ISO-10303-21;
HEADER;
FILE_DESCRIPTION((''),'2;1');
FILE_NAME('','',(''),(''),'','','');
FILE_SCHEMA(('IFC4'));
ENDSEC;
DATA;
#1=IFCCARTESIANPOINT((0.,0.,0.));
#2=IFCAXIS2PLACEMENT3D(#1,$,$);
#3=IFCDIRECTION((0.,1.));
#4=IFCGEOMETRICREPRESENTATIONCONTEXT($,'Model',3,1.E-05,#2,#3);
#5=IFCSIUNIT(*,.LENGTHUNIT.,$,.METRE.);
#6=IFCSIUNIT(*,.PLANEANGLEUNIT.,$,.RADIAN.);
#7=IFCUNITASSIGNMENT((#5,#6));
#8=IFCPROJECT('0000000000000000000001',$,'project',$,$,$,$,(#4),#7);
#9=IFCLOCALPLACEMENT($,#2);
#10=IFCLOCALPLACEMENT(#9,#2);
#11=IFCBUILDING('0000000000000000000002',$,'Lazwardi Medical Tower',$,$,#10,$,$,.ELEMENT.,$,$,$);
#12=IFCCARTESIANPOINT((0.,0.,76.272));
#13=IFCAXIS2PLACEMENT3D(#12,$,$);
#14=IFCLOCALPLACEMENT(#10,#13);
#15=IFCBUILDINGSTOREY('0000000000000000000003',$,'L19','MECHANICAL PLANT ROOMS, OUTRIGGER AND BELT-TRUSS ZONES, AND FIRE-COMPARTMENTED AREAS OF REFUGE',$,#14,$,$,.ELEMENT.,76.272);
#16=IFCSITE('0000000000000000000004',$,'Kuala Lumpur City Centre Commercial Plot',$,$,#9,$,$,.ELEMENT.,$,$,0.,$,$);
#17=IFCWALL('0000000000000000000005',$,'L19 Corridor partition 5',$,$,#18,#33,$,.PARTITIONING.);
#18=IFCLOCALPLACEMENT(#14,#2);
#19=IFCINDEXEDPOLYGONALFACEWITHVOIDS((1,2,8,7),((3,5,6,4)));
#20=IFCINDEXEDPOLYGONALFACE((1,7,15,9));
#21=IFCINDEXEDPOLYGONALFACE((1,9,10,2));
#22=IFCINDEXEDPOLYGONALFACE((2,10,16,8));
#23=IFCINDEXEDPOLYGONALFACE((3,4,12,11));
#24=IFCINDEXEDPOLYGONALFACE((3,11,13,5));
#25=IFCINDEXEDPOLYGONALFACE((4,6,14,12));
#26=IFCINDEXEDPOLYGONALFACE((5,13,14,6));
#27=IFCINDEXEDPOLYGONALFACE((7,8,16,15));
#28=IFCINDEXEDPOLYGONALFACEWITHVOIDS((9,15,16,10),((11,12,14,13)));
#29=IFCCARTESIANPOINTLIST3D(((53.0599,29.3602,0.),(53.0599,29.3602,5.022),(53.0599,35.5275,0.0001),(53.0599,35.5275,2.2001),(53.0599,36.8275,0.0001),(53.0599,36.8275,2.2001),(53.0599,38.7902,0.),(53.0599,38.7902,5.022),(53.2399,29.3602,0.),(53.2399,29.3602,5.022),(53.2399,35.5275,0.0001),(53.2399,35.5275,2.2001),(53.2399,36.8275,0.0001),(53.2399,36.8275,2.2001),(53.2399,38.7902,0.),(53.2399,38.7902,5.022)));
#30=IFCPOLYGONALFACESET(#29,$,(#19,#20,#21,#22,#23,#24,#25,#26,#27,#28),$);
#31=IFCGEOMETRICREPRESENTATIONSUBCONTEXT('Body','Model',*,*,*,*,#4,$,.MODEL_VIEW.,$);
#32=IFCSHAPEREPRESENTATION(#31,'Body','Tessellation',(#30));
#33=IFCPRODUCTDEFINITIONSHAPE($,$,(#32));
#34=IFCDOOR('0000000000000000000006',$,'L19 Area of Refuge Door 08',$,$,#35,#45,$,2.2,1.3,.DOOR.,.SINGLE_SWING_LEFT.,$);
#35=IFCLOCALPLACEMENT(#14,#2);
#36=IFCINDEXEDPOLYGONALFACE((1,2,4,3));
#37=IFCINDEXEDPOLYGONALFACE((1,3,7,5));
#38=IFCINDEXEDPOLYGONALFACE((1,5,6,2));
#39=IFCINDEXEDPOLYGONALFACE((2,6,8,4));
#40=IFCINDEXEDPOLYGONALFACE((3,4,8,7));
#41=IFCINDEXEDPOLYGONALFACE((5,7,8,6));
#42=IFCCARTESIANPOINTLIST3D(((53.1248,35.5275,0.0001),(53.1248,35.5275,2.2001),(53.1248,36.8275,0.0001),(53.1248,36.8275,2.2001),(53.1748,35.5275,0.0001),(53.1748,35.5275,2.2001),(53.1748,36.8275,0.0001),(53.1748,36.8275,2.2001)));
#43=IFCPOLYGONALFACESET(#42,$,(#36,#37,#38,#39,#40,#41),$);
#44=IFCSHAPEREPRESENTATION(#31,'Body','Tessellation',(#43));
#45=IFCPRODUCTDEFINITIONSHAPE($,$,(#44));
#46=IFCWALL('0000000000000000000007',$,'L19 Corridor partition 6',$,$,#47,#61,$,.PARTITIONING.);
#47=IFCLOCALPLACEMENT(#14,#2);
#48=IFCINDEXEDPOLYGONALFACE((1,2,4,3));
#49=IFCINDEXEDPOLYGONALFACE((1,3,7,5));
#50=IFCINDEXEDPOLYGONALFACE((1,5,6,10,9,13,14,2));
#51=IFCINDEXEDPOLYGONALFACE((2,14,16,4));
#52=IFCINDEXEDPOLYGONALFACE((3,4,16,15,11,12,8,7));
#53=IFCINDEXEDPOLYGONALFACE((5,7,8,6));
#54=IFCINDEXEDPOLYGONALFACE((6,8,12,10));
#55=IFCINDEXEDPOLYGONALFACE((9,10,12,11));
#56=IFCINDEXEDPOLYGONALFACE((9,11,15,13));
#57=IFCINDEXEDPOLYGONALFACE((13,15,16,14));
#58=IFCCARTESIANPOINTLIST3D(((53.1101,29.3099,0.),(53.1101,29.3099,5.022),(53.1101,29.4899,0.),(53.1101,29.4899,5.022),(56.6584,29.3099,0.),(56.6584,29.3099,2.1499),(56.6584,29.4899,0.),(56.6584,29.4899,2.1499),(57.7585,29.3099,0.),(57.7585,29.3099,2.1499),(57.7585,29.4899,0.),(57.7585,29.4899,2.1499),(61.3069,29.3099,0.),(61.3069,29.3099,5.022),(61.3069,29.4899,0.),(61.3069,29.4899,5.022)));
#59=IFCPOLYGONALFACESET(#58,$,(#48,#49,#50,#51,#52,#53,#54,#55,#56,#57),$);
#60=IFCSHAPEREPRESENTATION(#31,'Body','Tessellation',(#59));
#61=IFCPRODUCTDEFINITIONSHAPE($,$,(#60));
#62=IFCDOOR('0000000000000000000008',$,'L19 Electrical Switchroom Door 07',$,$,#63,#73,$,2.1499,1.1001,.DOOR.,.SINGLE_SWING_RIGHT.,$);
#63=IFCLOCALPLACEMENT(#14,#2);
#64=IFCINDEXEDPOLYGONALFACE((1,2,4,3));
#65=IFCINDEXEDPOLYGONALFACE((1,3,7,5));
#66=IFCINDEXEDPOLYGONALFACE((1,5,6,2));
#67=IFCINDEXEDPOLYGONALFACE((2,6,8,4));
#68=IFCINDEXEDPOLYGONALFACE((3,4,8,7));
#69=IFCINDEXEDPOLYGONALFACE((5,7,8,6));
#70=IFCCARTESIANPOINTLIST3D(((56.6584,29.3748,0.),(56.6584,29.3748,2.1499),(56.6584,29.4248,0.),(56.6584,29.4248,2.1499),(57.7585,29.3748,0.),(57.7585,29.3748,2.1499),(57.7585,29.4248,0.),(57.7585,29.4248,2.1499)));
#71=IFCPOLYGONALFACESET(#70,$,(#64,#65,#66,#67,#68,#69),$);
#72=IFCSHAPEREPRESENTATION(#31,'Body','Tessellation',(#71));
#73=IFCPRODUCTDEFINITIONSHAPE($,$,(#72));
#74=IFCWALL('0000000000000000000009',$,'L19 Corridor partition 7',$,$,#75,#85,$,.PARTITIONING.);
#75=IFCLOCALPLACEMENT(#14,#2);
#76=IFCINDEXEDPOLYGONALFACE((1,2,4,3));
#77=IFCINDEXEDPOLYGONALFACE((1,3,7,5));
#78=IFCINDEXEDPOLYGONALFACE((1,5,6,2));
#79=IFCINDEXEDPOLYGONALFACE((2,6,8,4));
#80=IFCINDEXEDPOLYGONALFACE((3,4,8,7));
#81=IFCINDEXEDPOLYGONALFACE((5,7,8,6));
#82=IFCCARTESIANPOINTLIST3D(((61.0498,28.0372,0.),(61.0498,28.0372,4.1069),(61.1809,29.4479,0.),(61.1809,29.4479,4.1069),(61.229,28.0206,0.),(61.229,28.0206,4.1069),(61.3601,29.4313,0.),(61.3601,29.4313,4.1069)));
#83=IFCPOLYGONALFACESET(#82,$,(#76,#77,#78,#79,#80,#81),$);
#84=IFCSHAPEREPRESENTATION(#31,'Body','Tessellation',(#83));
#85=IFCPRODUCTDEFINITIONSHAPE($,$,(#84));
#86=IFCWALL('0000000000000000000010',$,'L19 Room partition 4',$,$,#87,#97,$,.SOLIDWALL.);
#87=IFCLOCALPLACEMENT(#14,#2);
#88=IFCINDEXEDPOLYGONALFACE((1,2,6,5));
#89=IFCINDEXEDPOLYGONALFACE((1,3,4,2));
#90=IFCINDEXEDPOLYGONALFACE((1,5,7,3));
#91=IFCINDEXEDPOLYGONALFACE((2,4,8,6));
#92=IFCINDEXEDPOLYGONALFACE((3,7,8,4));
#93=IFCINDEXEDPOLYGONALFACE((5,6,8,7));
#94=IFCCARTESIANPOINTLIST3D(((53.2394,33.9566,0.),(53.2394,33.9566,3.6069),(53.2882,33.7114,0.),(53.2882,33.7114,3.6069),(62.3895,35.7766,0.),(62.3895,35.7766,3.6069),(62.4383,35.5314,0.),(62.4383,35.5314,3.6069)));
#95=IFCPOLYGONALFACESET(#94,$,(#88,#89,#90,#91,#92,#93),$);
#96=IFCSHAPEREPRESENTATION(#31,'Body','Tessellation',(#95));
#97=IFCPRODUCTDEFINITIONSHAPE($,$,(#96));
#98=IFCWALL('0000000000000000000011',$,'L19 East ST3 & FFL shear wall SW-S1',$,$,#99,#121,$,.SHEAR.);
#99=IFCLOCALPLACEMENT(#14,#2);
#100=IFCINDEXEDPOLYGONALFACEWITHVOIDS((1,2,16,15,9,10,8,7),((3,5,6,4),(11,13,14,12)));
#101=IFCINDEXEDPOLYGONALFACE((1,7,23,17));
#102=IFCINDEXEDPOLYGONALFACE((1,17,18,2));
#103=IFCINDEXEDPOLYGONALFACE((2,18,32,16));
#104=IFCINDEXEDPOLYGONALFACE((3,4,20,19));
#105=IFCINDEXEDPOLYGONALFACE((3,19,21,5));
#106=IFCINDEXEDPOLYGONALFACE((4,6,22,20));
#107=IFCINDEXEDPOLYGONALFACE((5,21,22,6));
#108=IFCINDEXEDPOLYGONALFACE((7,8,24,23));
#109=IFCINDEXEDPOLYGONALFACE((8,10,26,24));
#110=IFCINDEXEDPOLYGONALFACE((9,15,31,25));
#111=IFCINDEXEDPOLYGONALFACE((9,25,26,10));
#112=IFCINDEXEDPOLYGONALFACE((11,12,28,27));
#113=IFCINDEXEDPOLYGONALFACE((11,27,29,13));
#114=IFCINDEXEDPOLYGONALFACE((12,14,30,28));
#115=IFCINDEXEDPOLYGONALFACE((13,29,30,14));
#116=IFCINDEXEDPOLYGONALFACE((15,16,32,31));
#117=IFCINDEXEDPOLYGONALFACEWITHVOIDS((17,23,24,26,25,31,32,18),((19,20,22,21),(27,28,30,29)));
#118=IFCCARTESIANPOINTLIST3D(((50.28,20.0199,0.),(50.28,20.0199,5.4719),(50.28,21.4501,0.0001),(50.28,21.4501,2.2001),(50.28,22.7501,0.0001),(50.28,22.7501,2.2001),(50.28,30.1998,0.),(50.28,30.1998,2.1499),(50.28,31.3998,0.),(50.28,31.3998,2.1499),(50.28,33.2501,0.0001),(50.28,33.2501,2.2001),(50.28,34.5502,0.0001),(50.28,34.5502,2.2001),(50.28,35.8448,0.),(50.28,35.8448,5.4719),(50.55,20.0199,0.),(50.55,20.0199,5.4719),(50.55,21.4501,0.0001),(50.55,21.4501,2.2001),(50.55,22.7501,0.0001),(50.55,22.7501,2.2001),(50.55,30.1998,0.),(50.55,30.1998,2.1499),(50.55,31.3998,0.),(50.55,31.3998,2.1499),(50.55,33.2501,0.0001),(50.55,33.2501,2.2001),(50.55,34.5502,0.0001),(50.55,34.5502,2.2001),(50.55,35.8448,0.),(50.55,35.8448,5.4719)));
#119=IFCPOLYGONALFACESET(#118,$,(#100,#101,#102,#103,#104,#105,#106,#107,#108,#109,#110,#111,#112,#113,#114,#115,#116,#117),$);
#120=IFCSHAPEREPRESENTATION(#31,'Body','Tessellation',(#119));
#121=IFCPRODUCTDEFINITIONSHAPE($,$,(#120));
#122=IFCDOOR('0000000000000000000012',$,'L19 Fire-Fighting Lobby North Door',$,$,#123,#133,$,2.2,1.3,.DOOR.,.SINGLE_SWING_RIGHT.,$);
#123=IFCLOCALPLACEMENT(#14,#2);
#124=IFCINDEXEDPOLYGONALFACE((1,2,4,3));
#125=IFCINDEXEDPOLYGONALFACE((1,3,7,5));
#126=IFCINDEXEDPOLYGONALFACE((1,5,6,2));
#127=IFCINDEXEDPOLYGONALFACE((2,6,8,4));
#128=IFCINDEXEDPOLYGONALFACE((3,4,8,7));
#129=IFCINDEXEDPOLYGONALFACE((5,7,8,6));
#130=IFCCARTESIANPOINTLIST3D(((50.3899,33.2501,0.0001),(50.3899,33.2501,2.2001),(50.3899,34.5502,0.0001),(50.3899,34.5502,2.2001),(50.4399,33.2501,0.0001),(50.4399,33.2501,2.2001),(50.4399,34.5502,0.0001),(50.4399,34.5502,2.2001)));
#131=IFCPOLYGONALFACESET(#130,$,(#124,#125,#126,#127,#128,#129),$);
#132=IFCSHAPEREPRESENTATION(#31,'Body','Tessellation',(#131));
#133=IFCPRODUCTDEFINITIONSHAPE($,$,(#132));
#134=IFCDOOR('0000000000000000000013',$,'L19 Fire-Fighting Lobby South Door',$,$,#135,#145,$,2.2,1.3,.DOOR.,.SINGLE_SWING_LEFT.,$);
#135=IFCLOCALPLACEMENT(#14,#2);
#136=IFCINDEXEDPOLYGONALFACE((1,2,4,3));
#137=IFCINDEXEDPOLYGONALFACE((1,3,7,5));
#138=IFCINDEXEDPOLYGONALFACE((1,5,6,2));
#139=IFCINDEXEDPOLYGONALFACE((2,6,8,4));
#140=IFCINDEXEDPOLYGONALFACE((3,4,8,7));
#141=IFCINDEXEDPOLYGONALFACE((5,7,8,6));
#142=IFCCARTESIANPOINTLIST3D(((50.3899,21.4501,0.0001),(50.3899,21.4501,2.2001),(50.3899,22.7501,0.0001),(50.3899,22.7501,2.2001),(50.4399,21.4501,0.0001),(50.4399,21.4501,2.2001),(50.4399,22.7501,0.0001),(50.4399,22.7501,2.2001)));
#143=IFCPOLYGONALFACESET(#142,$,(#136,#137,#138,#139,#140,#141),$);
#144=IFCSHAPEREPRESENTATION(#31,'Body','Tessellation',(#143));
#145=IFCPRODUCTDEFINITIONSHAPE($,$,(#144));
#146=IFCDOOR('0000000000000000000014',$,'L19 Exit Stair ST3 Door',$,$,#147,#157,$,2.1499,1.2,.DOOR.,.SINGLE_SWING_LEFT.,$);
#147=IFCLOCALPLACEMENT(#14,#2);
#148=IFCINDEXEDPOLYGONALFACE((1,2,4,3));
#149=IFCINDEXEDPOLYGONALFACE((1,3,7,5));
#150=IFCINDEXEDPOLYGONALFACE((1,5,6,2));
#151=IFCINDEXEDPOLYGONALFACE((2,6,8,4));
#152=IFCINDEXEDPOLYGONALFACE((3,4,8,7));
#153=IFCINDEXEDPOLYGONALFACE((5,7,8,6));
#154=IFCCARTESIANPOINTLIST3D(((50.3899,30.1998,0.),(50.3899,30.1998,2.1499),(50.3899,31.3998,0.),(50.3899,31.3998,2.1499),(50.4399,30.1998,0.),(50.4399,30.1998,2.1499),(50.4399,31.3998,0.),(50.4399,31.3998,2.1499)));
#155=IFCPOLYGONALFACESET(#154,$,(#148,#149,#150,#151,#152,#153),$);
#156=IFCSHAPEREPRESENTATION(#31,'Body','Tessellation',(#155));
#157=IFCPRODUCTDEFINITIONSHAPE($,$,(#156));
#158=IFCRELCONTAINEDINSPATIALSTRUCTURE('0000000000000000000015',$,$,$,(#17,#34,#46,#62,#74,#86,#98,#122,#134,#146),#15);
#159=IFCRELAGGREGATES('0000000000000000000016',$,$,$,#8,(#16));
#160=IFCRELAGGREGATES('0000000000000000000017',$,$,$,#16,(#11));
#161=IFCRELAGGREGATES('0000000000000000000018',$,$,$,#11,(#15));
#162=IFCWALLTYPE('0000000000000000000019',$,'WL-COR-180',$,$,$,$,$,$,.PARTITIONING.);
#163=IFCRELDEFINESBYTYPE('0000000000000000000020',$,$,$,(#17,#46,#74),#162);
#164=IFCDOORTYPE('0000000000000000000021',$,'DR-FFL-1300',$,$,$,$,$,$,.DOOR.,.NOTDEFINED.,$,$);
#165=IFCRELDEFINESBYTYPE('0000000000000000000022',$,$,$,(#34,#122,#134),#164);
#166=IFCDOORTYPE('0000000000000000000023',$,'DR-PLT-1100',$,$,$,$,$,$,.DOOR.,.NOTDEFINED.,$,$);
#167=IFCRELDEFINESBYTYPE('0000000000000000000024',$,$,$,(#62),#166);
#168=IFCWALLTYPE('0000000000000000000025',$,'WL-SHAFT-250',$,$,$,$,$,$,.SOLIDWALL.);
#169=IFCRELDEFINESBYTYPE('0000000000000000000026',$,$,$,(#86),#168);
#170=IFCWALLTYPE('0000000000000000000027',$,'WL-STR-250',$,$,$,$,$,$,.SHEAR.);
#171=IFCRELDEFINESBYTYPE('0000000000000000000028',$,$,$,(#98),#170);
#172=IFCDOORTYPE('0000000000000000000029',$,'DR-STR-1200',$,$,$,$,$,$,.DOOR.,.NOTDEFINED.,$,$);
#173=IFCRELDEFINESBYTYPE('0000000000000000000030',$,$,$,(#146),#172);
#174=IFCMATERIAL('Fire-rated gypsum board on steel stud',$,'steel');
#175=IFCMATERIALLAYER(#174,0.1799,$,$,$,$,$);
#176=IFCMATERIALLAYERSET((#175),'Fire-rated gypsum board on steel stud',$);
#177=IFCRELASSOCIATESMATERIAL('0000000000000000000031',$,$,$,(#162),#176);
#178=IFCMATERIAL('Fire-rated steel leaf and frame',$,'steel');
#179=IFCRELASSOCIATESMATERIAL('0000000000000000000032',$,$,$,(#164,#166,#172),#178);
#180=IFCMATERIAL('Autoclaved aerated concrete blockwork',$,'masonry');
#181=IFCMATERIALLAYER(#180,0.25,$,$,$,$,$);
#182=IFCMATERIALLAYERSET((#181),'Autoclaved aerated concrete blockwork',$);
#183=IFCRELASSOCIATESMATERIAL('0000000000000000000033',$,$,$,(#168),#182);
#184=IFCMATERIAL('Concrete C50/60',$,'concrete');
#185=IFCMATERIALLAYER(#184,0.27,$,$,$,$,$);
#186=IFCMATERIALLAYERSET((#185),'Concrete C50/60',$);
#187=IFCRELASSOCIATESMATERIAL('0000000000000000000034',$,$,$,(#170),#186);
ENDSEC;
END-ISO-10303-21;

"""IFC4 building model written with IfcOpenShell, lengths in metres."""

from ifc_helpers import new_model, si_unit, direction, frame, frame_2d, origin, place, context, subcontext, project, spatial, rectangle, extrude, material, layer, layer_set, type_object, element, fill, save


model = new_model("IFC4")

# Units and contexts
model_context = context("Model", 3, precision=1e-05, world=origin(), true_north=direction((0.0, 1.0)))
body_context = subcontext(model_context, "Body", "Model", "MODEL_VIEW")
ifc_project = project(units=[si_unit("LENGTHUNIT", "METRE"), si_unit("PLANEANGLEUNIT", "RADIAN")], contexts=[model_context])

# Site, building, storey
site_placement = place(None, origin())
site = spatial("IfcSite", under=ifc_project, at=site_placement, Name="Kuala Lumpur City Centre Commercial Plot", CompositionType="ELEMENT", RefElevation=0.0)
building_placement = place(site_placement, origin())
building = spatial("IfcBuilding", under=site, at=building_placement, Name="Lazwardi Medical Tower", CompositionType="ELEMENT")
storey_placement = place(building_placement, frame((0.0, 0.0, 76.272)))
storey = spatial("IfcBuildingStorey", under=building, at=storey_placement, Name="L19", Description="MECHANICAL PLANT ROOMS, OUTRIGGER AND BELT-TRUSS ZONES, AND FIRE-COMPARTMENTED AREAS OF REFUGE", CompositionType="ELEMENT", Elevation=76.272)

# Walls, openings, doors
ifc_material_1 = material(Name="Fire-rated gypsum board on steel stud", Category="steel")
ifc_layer_1 = layer(ifc_material_1, 0.1799)
ifc_layer_set_1 = layer_set([ifc_layer_1], Name="Fire-rated gypsum board on steel stud")
wall_type_1 = type_object("IfcWallType", Name="WL-COR-180", PredefinedType="PARTITIONING", material=ifc_layer_set_1)
wall_1_placement = place(storey_placement, frame((53.1499, 38.79, 0.0), z_axis=(0.0, 0.0, 1.0), x_axis=(0.0, -1.0, 0.0)))
wall_1 = element("IfcWall", 1, at=wall_1_placement, inside=storey, type_object=wall_type_1, Name="L19 Corridor partition 5", PredefinedType="PARTITIONING", context=body_context, shape_type="SweptSolid", body=[
    extrude(rectangle(XDim=9.4299, YDim=0.1799, at=frame_2d((4.7148, 0.0))), origin(), (0.0, 0.0, 1.0), 5.022),
])
opening_1_placement = place(wall_1_placement, frame((1.9626, 0.0, 0.0)))
opening_1 = element("IfcOpeningElement", 2, at=opening_1_placement, cuts=wall_1, PredefinedType="OPENING", context=body_context, shape_type="SweptSolid", body=[
    extrude(rectangle(XDim=1.3, YDim=2.2, at=frame_2d((0.6499, 1.1001))), frame((0.0, 0.0999, 0.0), z_axis=(0.0, -1.0, 0.0), x_axis=(1.0, 0.0, 0.0)), (0.0, 0.0, 1.0), 0.2),
])
ifc_material_2 = material(Name="Fire-rated steel leaf and frame", Category="steel")
door_type_1 = type_object("IfcDoorType", Name="DR-FFL-1300", OperationType="NOTDEFINED", PredefinedType="DOOR", material=ifc_material_2)
door_1_placement = place(opening_1_placement, origin())
door_1 = element("IfcDoor", 3, at=door_1_placement, inside=storey, type_object=door_type_1, Name="L19 Area of Refuge Door 08", OperationType="SINGLE_SWING_LEFT", OverallHeight=2.2, OverallWidth=1.3, PredefinedType="DOOR", context=body_context, shape_type="SweptSolid", body=[
    extrude(rectangle(XDim=1.3, YDim=2.2, at=frame_2d((0.6499, 1.1001))), frame((0.0, 0.0249, 0.0), z_axis=(0.0, -1.0, 0.0), x_axis=(1.0, 0.0, 0.0)), (0.0, 0.0, 1.0), 0.05),
])
fill(opening_1, door_1)
wall_2_placement = place(storey_placement, frame((53.1101, 29.3999, 0.0), z_axis=(0.0, 0.0, 1.0), x_axis=(1.0, 0.0, 0.0)))
wall_2 = element("IfcWall", 4, at=wall_2_placement, inside=storey, type_object=wall_type_1, Name="L19 Corridor partition 6", PredefinedType="PARTITIONING", context=body_context, shape_type="SweptSolid", body=[
    extrude(rectangle(XDim=8.1968, YDim=0.1799, at=frame_2d((4.0984, 0.0))), origin(), (0.0, 0.0, 1.0), 5.022),
])
opening_2_placement = place(wall_2_placement, frame((3.5483, 0.0, 0.0)))
opening_2 = element("IfcOpeningElement", 5, at=opening_2_placement, cuts=wall_2, PredefinedType="OPENING", context=body_context, shape_type="SweptSolid", body=[
    extrude(rectangle(XDim=1.1001, YDim=2.1499, at=frame_2d((0.55, 1.075))), frame((0.0, 0.0999, 0.0), z_axis=(0.0, -1.0, 0.0), x_axis=(1.0, 0.0, 0.0)), (0.0, 0.0, 1.0), 0.2),
])
door_type_2 = type_object("IfcDoorType", Name="DR-PLT-1100", OperationType="NOTDEFINED", PredefinedType="DOOR", material=ifc_material_2)
door_2_placement = place(opening_2_placement, origin())
door_2 = element("IfcDoor", 6, at=door_2_placement, inside=storey, type_object=door_type_2, Name="L19 Electrical Switchroom Door 07", OperationType="SINGLE_SWING_RIGHT", OverallHeight=2.1499, OverallWidth=1.1001, PredefinedType="DOOR", context=body_context, shape_type="SweptSolid", body=[
    extrude(rectangle(XDim=1.1001, YDim=2.1499, at=frame_2d((0.55, 1.075))), frame((0.0, 0.0249, 0.0), z_axis=(0.0, -1.0, 0.0), x_axis=(1.0, 0.0, 0.0)), (0.0, 0.0, 1.0), 0.05),
])
fill(opening_2, door_2)

# Walls
wall_3_placement = place(storey_placement, frame((61.2705, 29.4397, 0.0), z_axis=(0.0, 0.0, 1.0), x_axis=(-0.09254, -0.995709, 0.0)))
element("IfcWall", 7, at=wall_3_placement, inside=storey, type_object=wall_type_1, Name="L19 Corridor partition 7", PredefinedType="PARTITIONING", context=body_context, shape_type="SweptSolid", body=[
    extrude(rectangle(XDim=1.4167, YDim=0.1799, at=frame_2d((0.7085, 0.0))), origin(), (0.0, 0.0, 1.0), 4.1069),
])
ifc_material_3 = material(Name="Autoclaved aerated concrete blockwork", Category="masonry")
ifc_layer_2 = layer(ifc_material_3, 0.25)
ifc_layer_set_2 = layer_set([ifc_layer_2], Name="Autoclaved aerated concrete blockwork")
wall_type_2 = type_object("IfcWallType", Name="WL-SHAFT-250", PredefinedType="SOLIDWALL", material=ifc_layer_set_2)
wall_4_placement = place(storey_placement, frame((53.2639, 33.834, 0.0), z_axis=(0.0, 0.0, 1.0), x_axis=(0.980785, 0.195089, 0.0)))
element("IfcWall", 8, at=wall_4_placement, inside=storey, type_object=wall_type_2, Name="L19 Room partition 4", PredefinedType="SOLIDWALL", context=body_context, shape_type="SweptSolid", body=[
    extrude(rectangle(XDim=9.3293, YDim=0.25, at=frame_2d((4.6646, 0.0))), origin(), (0.0, 0.0, 1.0), 3.6069),
])

# Wall, openings, doors
ifc_material_4 = material(Name="Concrete C50/60", Category="concrete")
ifc_layer_3 = layer(ifc_material_4, 0.27)
ifc_layer_set_3 = layer_set([ifc_layer_3], Name="Concrete C50/60")
wall_type_3 = type_object("IfcWallType", Name="WL-STR-250", PredefinedType="SHEAR", material=ifc_layer_set_3)
wall_5_placement = place(storey_placement, frame((50.415, 35.845, 0.0), z_axis=(0.0, 0.0, 1.0), x_axis=(0.0, -1.0, 0.0)))
wall_5 = element("IfcWall", 9, at=wall_5_placement, inside=storey, type_object=wall_type_3, Name="L19 East ST3 & FFL shear wall SW-S1", PredefinedType="SHEAR", context=body_context, shape_type="SweptSolid", body=[
    extrude(rectangle(XDim=15.825, YDim=0.27, at=frame_2d((7.9126, 0.0))), origin(), (0.0, 0.0, 1.0), 5.4719),
])
opening_3_placement = place(wall_5_placement, frame((4.4451, 0.0, 0.0)))
opening_3 = element("IfcOpeningElement", 10, at=opening_3_placement, cuts=wall_5, PredefinedType="OPENING", context=body_context, shape_type="SweptSolid", body=[
    extrude(rectangle(XDim=1.2, YDim=2.1499, at=frame_2d((0.6001, 1.075))), frame((0.0, 0.145, 0.0), z_axis=(0.0, -1.0, 0.0), x_axis=(1.0, 0.0, 0.0)), (0.0, 0.0, 1.0), 0.29),
])
opening_4_placement = place(wall_5_placement, frame((1.2949, 0.0, 0.0)))
opening_4 = element("IfcOpeningElement", 11, at=opening_4_placement, cuts=wall_5, PredefinedType="OPENING", context=body_context, shape_type="SweptSolid", body=[
    extrude(rectangle(XDim=1.3, YDim=2.2, at=frame_2d((0.6499, 1.1001))), frame((0.0, 0.145, 0.0), z_axis=(0.0, -1.0, 0.0), x_axis=(1.0, 0.0, 0.0)), (0.0, 0.0, 1.0), 0.29),
])
opening_5_placement = place(wall_5_placement, frame((13.095, 0.0, 0.0)))
opening_5 = element("IfcOpeningElement", 12, at=opening_5_placement, cuts=wall_5, PredefinedType="OPENING", context=body_context, shape_type="SweptSolid", body=[
    extrude(rectangle(XDim=1.3, YDim=2.2, at=frame_2d((0.6499, 1.1001))), frame((0.0, 0.145, 0.0), z_axis=(0.0, -1.0, 0.0), x_axis=(1.0, 0.0, 0.0)), (0.0, 0.0, 1.0), 0.29),
])
door_3_placement = place(opening_4_placement, origin())
door_3 = element("IfcDoor", 13, at=door_3_placement, inside=storey, type_object=door_type_1, Name="L19 Fire-Fighting Lobby North Door", OperationType="SINGLE_SWING_RIGHT", OverallHeight=2.2, OverallWidth=1.3, PredefinedType="DOOR", context=body_context, shape_type="SweptSolid", body=[
    extrude(rectangle(XDim=1.3, YDim=2.2, at=frame_2d((0.6499, 1.1001))), frame((0.0, 0.0249, 0.0), z_axis=(0.0, -1.0, 0.0), x_axis=(1.0, 0.0, 0.0)), (0.0, 0.0, 1.0), 0.05),
])
fill(opening_4, door_3)
door_4_placement = place(opening_5_placement, origin())
door_4 = element("IfcDoor", 14, at=door_4_placement, inside=storey, type_object=door_type_1, Name="L19 Fire-Fighting Lobby South Door", OperationType="SINGLE_SWING_LEFT", OverallHeight=2.2, OverallWidth=1.3, PredefinedType="DOOR", context=body_context, shape_type="SweptSolid", body=[
    extrude(rectangle(XDim=1.3, YDim=2.2, at=frame_2d((0.6499, 1.1001))), frame((0.0, 0.0249, 0.0), z_axis=(0.0, -1.0, 0.0), x_axis=(1.0, 0.0, 0.0)), (0.0, 0.0, 1.0), 0.05),
])
fill(opening_5, door_4)
door_type_3 = type_object("IfcDoorType", Name="DR-STR-1200", OperationType="NOTDEFINED", PredefinedType="DOOR", material=ifc_material_2)
door_5_placement = place(opening_3_placement, origin())
door_5 = element("IfcDoor", 15, at=door_5_placement, inside=storey, type_object=door_type_3, Name="L19 Exit Stair ST3 Door", OperationType="SINGLE_SWING_LEFT", OverallHeight=2.1499, OverallWidth=1.2, PredefinedType="DOOR", context=body_context, shape_type="SweptSolid", body=[
    extrude(rectangle(XDim=1.2, YDim=2.1499, at=frame_2d((0.6001, 1.075))), frame((0.0, 0.0249, 0.0), z_axis=(0.0, -1.0, 0.0), x_axis=(1.0, 0.0, 0.0)), (0.0, 0.0, 1.0), 0.05),
])
fill(opening_3, door_5)

save(model, "model.ifc")
